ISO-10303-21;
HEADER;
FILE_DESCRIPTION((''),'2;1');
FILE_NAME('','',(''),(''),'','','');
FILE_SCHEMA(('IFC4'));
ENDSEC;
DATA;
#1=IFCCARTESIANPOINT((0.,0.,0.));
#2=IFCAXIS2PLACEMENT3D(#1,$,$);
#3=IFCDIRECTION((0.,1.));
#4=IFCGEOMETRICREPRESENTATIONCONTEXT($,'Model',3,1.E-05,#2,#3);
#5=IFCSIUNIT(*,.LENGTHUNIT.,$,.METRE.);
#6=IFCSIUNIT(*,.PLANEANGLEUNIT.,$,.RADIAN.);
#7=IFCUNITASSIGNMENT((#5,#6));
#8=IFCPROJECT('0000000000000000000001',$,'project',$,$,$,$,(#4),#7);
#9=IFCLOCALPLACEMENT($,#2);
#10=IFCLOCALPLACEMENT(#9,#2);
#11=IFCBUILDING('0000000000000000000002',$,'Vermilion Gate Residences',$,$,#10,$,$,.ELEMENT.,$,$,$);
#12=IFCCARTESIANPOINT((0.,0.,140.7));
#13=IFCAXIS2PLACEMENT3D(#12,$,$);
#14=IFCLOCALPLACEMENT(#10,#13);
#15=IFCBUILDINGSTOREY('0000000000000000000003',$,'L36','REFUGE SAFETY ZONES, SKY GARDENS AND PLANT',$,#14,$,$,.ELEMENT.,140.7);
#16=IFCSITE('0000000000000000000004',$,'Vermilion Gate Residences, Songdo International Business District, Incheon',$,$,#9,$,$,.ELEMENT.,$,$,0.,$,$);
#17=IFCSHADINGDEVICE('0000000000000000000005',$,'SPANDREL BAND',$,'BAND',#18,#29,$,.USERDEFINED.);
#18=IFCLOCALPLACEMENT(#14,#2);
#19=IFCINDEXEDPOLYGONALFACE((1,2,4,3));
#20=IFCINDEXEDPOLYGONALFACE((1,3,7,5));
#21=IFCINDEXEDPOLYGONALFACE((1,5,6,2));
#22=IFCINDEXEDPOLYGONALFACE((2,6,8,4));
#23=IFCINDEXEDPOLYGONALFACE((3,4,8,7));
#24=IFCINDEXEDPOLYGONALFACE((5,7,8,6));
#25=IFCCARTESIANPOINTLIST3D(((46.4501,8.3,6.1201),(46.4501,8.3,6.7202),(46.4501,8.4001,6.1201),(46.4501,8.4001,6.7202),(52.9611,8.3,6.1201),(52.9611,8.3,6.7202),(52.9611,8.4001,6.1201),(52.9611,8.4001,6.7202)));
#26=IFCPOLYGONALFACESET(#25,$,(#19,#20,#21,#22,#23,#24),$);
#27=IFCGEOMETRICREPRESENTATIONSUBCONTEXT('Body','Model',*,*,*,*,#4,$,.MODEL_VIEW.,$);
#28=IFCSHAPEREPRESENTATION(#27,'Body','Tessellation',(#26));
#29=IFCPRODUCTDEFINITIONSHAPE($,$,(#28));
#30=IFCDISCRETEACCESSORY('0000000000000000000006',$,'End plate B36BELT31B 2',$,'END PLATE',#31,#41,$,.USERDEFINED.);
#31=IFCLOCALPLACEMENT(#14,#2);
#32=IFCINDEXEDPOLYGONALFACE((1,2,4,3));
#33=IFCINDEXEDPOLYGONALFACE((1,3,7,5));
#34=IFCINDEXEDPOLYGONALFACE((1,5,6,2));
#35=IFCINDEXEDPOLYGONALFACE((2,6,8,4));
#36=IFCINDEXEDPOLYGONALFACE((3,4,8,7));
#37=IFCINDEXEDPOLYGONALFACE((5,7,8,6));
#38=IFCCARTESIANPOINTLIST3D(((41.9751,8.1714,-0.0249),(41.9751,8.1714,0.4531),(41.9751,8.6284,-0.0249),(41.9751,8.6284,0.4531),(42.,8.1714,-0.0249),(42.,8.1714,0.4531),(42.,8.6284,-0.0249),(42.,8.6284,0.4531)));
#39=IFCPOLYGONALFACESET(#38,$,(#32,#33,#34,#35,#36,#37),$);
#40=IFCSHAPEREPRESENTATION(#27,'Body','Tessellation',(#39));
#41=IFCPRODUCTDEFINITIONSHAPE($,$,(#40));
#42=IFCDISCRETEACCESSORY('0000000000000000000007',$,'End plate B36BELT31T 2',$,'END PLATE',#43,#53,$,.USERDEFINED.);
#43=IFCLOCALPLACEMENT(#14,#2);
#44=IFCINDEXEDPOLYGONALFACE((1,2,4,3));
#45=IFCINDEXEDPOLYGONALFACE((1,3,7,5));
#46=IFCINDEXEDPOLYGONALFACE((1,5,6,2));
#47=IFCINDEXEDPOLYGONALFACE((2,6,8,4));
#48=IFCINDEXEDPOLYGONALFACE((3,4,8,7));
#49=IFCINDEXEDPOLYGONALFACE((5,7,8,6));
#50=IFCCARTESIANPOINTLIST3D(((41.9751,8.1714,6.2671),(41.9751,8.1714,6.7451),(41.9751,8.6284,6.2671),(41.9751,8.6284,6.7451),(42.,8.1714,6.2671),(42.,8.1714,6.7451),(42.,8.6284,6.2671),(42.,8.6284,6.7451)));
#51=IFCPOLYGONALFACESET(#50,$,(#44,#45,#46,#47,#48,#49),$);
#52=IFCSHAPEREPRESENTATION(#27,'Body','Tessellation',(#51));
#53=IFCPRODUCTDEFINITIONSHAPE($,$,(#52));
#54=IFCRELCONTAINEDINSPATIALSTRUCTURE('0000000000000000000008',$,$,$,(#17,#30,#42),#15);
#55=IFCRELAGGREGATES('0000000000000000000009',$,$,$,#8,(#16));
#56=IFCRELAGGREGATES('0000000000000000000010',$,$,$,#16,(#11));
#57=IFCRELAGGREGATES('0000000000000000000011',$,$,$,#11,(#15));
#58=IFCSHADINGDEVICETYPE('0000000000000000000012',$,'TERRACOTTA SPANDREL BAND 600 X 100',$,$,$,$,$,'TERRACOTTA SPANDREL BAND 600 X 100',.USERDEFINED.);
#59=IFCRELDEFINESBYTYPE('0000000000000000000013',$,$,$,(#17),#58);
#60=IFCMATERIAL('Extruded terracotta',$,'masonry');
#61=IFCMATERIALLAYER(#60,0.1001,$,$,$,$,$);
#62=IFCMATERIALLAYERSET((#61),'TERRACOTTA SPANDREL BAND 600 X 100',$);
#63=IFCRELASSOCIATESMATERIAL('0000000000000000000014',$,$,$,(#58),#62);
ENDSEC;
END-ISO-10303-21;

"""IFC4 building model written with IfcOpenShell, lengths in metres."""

from ifc_helpers import new_model, si_unit, direction, frame, origin, origin_2d, place, context, subcontext, project, spatial, rectangle, extrude, material, layer, layer_set, type_object, element, save


model = new_model("IFC4")

# Units and contexts
model_context = context("Model", 3, precision=1e-05, world=origin(), true_north=direction((0.0, 1.0)))
body_context = subcontext(model_context, "Body", "Model", "MODEL_VIEW")
ifc_project = project(units=[si_unit("LENGTHUNIT", "METRE"), si_unit("PLANEANGLEUNIT", "RADIAN")], contexts=[model_context])

# Site, building, storey
site_placement = place(None, origin())
site = spatial("IfcSite", under=ifc_project, at=site_placement, Name="Vermilion Gate Residences, Songdo International Business District, Incheon", CompositionType="ELEMENT", RefElevation=0.0)
building_placement = place(site_placement, origin())
building = spatial("IfcBuilding", under=site, at=building_placement, Name="Vermilion Gate Residences", CompositionType="ELEMENT")
storey_placement = place(building_placement, frame((0.0, 0.0, 140.7)))
storey = spatial("IfcBuildingStorey", under=building, at=storey_placement, Name="L36", Description="REFUGE SAFETY ZONES, SKY GARDENS AND PLANT", CompositionType="ELEMENT", Elevation=140.7)

# Shading device
ifc_material_1 = material(Name="Extruded terracotta", Category="masonry")
ifc_layer_1 = layer(ifc_material_1, 0.1001)
ifc_layer_set_1 = layer_set([ifc_layer_1], Name="TERRACOTTA SPANDREL BAND 600 X 100")
shading_device_type = type_object("IfcShadingDeviceType", Name="TERRACOTTA SPANDREL BAND 600 X 100", ElementType="TERRACOTTA SPANDREL BAND 600 X 100", PredefinedType="USERDEFINED", material=ifc_layer_set_1)
shading_device_1_placement = place(storey_placement, frame((49.7056, 8.3501, 6.1201), z_axis=(0.0, 0.0, 1.0), x_axis=(1.0, 0.0, 0.0)))
element("IfcShadingDevice", 1, at=shading_device_1_placement, inside=storey, type_object=shading_device_type, Name="SPANDREL BAND", ObjectType="BAND", PredefinedType="USERDEFINED", context=body_context, shape_type="SweptSolid", body=[
    extrude(rectangle(XDim=6.511, YDim=0.1001, at=origin_2d()), origin(), (0.0, 0.0, 1.0), 0.6001),
])

# Discrete accessories
for number, where, z_axis, x_axis, name in (
    (2, (41.9875, 8.3999, -0.0249), (0.0, 0.0, 1.0), (1.0, 0.0, 0.0), "End plate B36BELT31B 2"),
    (3, (41.9875, 8.3999, 6.2671), (0.0, 0.0, 1.0), (1.0, 0.0, 0.0), "End plate B36BELT31T 2"),
):
    element("IfcDiscreteAccessory", number, at=place(storey_placement, frame(where, z_axis=z_axis, x_axis=x_axis)), inside=storey, Name=name, ObjectType="END PLATE", PredefinedType="USERDEFINED", context=body_context, shape_type="SweptSolid", body=[
        extrude(rectangle(XDim=0.0249, YDim=0.457, at=origin_2d()), origin(), (0.0, 0.0, 1.0), 0.478),
    ])

save(model, "model.ifc")
